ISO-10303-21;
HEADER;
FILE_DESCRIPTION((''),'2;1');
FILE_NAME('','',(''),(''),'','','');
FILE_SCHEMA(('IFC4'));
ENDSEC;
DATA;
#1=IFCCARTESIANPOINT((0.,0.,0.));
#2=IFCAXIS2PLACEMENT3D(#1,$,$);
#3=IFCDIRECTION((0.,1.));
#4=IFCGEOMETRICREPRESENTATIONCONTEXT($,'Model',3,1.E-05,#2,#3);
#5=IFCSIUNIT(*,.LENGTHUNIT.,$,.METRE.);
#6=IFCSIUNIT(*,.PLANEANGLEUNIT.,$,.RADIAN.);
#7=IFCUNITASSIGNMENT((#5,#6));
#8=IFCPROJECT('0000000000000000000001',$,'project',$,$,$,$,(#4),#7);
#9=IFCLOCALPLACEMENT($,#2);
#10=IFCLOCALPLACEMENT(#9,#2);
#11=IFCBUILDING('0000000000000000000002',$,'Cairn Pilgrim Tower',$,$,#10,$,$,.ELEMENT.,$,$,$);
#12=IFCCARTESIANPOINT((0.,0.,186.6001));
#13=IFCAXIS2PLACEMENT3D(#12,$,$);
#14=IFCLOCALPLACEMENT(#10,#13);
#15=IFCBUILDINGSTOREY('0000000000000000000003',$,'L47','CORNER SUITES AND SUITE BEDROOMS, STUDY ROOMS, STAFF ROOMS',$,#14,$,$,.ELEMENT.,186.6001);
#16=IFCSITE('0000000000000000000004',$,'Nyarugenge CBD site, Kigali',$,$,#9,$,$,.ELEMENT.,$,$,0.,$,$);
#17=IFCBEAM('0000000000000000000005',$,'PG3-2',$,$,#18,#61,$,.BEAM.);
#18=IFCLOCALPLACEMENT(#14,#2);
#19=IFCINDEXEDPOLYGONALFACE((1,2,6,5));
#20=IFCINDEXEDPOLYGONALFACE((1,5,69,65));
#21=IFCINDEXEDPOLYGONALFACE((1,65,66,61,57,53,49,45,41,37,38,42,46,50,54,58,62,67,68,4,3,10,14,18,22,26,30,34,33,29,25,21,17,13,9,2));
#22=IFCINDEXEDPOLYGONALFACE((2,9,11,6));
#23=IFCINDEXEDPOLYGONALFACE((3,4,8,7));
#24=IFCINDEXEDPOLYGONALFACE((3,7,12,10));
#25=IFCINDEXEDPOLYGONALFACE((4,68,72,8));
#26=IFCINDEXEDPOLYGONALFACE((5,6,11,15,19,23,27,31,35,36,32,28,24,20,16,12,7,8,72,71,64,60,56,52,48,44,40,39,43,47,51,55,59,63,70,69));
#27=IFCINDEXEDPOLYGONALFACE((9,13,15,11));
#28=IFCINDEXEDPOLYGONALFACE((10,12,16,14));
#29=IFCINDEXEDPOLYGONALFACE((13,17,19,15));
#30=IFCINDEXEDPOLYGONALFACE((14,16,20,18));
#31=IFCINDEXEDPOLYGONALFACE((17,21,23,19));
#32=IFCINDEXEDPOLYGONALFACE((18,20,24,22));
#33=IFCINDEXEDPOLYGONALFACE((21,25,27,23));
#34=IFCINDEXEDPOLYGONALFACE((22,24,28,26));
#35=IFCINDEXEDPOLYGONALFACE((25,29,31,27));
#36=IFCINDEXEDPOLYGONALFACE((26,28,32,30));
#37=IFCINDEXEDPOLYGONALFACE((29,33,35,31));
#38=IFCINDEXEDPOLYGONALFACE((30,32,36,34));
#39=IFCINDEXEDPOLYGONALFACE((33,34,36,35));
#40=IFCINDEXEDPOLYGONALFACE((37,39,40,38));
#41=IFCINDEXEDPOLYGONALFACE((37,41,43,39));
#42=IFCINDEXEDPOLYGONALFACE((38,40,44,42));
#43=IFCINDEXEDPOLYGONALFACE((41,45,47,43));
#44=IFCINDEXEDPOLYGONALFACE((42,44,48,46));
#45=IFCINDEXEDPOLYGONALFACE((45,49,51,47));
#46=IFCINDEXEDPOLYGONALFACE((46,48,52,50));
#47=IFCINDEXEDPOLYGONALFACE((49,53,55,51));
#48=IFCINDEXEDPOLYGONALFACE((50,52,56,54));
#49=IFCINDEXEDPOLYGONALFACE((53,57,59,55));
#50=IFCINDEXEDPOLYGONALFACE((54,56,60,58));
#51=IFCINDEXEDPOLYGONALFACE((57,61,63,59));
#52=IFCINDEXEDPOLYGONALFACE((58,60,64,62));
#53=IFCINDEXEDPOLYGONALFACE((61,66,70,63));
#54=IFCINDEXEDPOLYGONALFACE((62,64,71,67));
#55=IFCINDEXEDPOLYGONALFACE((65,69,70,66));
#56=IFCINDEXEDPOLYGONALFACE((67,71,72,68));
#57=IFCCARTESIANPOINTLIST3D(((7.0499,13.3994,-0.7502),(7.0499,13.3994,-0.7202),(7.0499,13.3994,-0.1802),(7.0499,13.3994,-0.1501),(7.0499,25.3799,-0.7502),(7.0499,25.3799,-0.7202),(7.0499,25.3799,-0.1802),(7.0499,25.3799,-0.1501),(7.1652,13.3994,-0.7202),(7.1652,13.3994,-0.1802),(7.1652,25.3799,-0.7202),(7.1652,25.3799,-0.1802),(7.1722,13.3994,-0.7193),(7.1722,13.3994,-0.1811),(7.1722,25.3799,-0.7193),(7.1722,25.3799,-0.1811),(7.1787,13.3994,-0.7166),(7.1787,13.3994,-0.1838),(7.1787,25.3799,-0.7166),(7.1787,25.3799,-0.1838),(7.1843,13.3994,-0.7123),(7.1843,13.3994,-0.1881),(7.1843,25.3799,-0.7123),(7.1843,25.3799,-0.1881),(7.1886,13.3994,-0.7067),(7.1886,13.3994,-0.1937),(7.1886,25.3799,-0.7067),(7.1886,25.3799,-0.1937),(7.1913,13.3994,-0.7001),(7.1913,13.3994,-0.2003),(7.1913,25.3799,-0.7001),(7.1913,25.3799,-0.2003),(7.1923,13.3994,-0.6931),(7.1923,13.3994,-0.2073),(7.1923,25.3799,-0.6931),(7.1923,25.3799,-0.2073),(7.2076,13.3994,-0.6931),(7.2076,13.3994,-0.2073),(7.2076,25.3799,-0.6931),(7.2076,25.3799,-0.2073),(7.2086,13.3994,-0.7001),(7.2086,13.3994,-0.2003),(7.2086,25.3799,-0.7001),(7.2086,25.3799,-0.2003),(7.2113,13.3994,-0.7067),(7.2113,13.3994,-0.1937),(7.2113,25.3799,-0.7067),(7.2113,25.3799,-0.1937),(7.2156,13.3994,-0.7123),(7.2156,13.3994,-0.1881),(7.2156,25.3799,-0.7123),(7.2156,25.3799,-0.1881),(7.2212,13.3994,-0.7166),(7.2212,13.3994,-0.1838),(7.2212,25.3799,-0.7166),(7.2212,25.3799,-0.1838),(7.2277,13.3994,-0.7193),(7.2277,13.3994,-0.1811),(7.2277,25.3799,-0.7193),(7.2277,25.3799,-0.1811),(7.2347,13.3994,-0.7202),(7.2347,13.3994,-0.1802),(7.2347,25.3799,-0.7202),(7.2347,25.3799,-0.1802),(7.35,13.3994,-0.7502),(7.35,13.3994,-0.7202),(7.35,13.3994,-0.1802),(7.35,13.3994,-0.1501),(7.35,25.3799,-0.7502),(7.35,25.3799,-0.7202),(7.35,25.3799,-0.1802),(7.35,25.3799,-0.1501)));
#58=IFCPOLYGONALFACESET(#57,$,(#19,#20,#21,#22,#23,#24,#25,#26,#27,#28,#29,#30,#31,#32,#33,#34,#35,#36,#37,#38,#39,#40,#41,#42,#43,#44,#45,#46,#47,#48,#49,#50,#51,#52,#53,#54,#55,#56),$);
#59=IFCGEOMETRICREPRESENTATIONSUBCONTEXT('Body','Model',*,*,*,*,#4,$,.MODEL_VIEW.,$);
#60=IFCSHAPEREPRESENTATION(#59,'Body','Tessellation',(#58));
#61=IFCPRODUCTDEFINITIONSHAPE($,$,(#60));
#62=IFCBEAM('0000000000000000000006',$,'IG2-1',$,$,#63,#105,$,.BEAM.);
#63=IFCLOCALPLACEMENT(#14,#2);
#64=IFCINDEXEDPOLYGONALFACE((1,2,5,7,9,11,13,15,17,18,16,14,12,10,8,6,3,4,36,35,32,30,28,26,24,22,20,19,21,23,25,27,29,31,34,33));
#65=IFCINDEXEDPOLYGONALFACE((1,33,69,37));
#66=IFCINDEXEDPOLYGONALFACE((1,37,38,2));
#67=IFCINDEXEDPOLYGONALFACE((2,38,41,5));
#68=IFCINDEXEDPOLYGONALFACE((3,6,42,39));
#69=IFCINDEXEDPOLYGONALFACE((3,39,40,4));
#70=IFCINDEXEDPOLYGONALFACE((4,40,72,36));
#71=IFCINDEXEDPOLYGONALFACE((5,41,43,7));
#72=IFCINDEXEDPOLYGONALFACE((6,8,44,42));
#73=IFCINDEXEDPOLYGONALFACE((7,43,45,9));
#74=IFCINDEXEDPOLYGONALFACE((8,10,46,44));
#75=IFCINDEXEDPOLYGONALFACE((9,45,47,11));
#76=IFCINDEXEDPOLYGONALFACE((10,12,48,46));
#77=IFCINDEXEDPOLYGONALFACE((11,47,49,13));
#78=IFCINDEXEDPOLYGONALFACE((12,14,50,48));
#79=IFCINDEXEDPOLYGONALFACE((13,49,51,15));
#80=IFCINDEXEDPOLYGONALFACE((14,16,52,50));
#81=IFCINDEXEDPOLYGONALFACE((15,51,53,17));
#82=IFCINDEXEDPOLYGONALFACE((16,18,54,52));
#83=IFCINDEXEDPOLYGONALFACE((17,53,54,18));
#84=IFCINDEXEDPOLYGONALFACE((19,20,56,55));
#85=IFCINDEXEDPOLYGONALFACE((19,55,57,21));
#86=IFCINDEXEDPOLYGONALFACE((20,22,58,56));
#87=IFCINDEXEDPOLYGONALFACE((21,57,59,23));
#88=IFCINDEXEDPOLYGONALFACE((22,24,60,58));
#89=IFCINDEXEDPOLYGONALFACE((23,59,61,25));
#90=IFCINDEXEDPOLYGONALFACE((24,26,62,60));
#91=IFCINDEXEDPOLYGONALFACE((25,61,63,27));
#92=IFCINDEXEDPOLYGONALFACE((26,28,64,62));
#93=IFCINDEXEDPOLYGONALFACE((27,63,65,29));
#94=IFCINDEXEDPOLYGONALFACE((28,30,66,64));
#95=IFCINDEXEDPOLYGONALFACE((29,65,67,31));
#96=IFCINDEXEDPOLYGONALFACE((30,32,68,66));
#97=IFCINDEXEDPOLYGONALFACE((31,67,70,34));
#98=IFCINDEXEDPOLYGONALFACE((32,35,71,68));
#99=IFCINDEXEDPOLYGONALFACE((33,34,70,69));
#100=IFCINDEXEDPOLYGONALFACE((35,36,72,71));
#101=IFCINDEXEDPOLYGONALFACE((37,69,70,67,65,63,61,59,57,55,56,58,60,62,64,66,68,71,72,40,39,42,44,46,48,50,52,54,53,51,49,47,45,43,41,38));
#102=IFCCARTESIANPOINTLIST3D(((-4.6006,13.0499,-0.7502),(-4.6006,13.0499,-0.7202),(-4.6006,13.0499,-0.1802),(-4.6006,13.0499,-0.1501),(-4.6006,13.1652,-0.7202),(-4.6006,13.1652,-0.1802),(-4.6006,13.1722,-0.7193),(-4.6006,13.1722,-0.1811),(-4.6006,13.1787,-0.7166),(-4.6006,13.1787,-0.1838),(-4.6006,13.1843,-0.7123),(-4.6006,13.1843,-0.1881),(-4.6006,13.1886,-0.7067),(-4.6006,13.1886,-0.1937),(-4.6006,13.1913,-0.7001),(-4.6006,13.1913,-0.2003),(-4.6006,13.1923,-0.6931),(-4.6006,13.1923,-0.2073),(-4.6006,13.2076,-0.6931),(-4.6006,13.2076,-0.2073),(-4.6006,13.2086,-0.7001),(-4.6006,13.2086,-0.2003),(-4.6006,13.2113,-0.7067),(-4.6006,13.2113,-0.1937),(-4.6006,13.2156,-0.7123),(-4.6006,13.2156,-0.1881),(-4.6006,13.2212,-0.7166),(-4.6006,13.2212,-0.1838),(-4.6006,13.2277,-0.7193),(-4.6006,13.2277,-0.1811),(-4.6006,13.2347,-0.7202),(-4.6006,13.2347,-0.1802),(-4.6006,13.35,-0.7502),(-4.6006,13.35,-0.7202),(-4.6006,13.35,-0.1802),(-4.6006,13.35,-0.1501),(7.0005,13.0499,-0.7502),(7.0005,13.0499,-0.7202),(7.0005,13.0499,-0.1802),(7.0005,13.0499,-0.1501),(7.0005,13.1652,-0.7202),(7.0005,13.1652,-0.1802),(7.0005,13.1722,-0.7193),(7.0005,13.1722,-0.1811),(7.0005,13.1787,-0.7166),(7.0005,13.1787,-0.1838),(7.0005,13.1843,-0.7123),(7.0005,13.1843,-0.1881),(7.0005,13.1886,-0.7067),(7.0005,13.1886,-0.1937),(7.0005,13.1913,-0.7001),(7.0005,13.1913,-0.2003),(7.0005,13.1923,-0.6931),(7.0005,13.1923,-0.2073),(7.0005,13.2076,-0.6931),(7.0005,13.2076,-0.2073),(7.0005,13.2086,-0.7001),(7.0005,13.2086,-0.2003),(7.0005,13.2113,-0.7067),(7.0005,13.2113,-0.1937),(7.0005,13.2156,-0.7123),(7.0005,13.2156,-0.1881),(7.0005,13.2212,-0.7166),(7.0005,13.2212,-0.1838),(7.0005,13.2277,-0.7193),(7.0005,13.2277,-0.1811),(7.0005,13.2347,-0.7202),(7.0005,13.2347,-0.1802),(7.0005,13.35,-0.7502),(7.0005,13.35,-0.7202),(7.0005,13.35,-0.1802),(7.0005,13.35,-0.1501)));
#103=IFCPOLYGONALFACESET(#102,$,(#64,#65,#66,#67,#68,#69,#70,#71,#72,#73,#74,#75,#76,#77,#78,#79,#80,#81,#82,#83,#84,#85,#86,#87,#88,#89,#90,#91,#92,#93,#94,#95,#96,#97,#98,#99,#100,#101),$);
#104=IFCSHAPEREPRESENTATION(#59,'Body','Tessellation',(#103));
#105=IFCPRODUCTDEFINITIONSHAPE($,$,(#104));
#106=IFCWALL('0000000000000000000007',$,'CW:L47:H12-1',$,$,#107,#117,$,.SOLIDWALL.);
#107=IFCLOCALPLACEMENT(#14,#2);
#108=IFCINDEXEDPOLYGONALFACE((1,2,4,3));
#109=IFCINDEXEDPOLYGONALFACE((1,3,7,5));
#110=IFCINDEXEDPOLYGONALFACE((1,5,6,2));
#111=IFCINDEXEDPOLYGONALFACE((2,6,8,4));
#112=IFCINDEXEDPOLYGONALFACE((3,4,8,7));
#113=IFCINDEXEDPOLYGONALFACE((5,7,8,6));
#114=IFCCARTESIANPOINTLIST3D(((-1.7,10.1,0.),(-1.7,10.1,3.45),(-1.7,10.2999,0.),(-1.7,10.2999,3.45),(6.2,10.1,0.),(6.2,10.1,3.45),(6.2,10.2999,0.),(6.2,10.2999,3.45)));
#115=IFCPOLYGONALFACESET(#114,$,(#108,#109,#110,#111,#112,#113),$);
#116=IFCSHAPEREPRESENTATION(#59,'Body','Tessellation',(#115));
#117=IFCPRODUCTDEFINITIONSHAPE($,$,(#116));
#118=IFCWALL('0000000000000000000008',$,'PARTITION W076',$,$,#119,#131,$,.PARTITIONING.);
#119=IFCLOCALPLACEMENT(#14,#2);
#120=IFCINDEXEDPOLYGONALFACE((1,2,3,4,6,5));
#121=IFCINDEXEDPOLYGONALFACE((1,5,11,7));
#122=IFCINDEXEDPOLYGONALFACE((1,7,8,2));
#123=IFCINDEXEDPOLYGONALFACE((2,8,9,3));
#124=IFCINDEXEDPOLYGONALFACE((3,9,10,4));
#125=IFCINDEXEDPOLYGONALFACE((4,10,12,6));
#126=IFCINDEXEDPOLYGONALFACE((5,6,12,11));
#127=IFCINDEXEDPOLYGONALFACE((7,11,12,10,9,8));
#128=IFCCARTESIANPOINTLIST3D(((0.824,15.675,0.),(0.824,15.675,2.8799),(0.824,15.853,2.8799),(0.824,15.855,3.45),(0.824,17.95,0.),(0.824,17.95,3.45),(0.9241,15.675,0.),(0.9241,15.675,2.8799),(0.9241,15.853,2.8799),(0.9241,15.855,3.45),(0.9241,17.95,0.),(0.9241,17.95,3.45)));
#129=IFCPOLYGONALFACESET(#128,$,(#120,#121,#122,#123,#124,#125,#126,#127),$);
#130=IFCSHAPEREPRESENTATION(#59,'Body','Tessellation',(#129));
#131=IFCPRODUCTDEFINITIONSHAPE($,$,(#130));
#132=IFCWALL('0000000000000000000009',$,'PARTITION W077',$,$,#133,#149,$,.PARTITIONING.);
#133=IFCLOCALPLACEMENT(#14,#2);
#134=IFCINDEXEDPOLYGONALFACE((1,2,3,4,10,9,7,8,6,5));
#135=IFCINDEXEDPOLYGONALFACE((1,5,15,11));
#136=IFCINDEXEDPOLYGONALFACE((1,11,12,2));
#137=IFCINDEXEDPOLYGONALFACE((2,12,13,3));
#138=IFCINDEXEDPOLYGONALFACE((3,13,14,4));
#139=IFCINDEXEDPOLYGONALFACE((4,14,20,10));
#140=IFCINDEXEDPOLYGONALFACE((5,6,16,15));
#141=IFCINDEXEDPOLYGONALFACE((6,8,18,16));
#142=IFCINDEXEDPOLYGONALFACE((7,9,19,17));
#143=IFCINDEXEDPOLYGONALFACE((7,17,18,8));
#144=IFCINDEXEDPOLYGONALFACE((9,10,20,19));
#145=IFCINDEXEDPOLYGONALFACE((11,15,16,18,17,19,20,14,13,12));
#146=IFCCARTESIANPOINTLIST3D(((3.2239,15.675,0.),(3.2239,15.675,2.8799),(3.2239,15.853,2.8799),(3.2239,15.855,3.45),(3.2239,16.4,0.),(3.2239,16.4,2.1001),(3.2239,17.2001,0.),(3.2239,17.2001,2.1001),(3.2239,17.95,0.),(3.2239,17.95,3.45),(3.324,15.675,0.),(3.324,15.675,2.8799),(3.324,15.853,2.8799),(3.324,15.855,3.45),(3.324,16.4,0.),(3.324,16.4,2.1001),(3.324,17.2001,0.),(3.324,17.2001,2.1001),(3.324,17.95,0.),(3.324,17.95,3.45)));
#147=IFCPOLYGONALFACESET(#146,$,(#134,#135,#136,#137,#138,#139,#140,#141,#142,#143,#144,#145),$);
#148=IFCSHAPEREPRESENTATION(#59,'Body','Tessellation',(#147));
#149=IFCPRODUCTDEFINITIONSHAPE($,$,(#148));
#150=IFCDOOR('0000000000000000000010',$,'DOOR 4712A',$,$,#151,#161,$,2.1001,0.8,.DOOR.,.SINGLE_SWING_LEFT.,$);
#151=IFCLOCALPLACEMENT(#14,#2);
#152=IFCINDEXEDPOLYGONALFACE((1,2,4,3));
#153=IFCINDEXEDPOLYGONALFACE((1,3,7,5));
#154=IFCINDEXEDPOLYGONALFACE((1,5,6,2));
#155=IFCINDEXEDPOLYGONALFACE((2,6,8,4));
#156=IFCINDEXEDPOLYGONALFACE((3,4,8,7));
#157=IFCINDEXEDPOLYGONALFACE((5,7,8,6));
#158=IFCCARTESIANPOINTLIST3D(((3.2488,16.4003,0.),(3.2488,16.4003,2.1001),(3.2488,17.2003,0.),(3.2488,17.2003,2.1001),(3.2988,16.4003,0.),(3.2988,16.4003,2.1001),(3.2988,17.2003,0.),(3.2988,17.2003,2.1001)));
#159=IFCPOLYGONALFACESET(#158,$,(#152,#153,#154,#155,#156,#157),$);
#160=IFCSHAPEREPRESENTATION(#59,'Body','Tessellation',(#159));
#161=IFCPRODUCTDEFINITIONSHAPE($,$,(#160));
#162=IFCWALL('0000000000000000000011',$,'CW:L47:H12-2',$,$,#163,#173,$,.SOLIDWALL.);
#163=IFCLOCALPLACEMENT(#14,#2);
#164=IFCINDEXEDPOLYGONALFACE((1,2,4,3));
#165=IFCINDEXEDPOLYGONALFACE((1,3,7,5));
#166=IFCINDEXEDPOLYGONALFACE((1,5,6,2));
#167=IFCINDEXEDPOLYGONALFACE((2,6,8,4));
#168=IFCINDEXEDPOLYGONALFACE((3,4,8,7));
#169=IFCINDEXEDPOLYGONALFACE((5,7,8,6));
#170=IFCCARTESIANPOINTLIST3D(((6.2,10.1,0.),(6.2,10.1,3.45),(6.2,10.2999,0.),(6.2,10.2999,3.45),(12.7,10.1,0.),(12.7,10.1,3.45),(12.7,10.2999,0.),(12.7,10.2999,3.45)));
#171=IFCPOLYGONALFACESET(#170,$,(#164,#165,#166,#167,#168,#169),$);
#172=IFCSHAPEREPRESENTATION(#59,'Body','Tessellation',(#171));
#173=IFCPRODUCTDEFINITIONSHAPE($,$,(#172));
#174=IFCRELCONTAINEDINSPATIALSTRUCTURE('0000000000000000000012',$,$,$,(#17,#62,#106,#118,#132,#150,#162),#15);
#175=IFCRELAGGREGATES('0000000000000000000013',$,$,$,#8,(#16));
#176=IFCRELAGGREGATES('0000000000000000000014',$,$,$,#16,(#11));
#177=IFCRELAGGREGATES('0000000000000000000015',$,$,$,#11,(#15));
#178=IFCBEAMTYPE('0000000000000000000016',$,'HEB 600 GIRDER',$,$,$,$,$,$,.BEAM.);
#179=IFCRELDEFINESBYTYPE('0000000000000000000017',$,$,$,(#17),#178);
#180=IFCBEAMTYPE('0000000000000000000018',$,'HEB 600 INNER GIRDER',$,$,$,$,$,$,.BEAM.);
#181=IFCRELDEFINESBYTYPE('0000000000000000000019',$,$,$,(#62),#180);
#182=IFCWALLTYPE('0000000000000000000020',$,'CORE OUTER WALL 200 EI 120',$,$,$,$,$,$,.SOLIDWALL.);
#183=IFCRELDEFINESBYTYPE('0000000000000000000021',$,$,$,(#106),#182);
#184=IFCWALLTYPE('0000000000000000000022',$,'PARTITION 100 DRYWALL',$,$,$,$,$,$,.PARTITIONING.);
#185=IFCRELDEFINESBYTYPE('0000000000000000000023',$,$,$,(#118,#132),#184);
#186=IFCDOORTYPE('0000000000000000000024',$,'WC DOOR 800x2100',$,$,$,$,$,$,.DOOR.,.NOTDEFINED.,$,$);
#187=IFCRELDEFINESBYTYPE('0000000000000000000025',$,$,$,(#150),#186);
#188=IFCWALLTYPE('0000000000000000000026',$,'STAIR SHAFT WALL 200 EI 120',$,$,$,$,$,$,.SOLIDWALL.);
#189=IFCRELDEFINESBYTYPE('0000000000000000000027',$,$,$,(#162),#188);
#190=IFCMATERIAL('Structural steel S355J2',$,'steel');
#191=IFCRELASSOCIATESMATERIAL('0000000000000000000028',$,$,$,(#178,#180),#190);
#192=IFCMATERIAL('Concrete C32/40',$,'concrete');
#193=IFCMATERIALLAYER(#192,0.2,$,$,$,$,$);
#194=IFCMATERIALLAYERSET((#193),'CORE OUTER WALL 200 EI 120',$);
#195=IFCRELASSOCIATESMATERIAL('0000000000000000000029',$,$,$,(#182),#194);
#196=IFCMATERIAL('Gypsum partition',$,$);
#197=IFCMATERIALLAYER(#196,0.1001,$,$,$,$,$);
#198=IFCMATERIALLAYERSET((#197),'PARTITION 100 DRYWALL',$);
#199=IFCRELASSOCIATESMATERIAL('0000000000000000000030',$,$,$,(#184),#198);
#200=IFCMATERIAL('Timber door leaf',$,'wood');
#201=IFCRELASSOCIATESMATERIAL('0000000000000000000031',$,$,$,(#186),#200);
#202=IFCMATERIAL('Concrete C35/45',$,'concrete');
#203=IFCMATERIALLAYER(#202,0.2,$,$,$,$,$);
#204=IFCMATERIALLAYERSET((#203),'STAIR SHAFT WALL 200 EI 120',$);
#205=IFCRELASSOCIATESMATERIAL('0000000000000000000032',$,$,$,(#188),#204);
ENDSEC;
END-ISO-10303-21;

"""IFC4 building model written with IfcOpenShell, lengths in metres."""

from ifc_helpers import new_model, si_unit, direction, frame, frame_2d, origin, origin_2d, place, context, subcontext, project, spatial, polyline, rectangle, i_section, outline, extrude, material, layer, layer_set, material_profile, profile_set, type_object, element, fill, save


model = new_model("IFC4")

# Units and contexts
model_context = context("Model", 3, precision=1e-05, world=origin(), true_north=direction((0.0, 1.0)))
body_context = subcontext(model_context, "Body", "Model", "MODEL_VIEW")
ifc_project = project(units=[si_unit("LENGTHUNIT", "METRE"), si_unit("PLANEANGLEUNIT", "RADIAN")], contexts=[model_context])

# Site, building, storey
site_placement = place(None, origin())
site = spatial("IfcSite", under=ifc_project, at=site_placement, Name="Nyarugenge CBD site, Kigali", CompositionType="ELEMENT", RefElevation=0.0)
building_placement = place(site_placement, origin())
building = spatial("IfcBuilding", under=site, at=building_placement, Name="Cairn Pilgrim Tower", CompositionType="ELEMENT")
storey_placement = place(building_placement, frame((0.0, 0.0, 186.6001)))
storey = spatial("IfcBuildingStorey", under=building, at=storey_placement, Name="L47", Description="CORNER SUITES AND SUITE BEDROOMS, STUDY ROOMS, STAFF ROOMS", CompositionType="ELEMENT", Elevation=186.6001)

# Shared definitions
ifc_material_1 = material(Name="Structural steel S355J2", Category="steel")

# Beams
ifc_material_profile_1 = material_profile(ifc_material_1, i_section(OverallWidth=0.3, OverallDepth=0.6001, WebThickness=0.0154, FlangeThickness=0.03, FilletRadius=0.0271, at=origin_2d()), Name="HEB 600")
ifc_profile_set_1 = profile_set([ifc_material_profile_1], Name="Structural steel S355J2")
beam_type_1 = type_object("IfcBeamType", Name="HEB 600 GIRDER", PredefinedType="BEAM", material=ifc_profile_set_1)
beam_1_placement = place(storey_placement, frame((7.2, 13.3994, -0.4502), z_axis=(0.0, 1.0, 0.0), x_axis=(-1.0, 0.0, 0.0)))
element("IfcBeam", 1, at=beam_1_placement, inside=storey, type_object=beam_type_1, Name="PG3-2", PredefinedType="BEAM", context=body_context, shape_type="SweptSolid", body=[
    extrude(i_section(OverallWidth=0.3, OverallDepth=0.6001, WebThickness=0.0154, FlangeThickness=0.03, FilletRadius=0.0271, at=origin_2d()), origin(), (0.0, 0.0, 1.0), 11.9805),
])
ifc_material_profile_2 = material_profile(ifc_material_1, i_section(OverallWidth=0.3, OverallDepth=0.6001, WebThickness=0.0154, FlangeThickness=0.03, FilletRadius=0.0271, at=origin_2d()), Name="HEB 600")
ifc_profile_set_2 = profile_set([ifc_material_profile_2], Name="Structural steel S355J2")
beam_type_2 = type_object("IfcBeamType", Name="HEB 600 INNER GIRDER", PredefinedType="BEAM", material=ifc_profile_set_2)
beam_2_placement = place(storey_placement, frame((-4.6006, 13.2, -0.4502), z_axis=(1.0, 0.0, 0.0), x_axis=(0.0, 1.0, 0.0)))
element("IfcBeam", 2, at=beam_2_placement, inside=storey, type_object=beam_type_2, Name="IG2-1", PredefinedType="BEAM", context=body_context, shape_type="SweptSolid", body=[
    extrude(i_section(OverallWidth=0.3, OverallDepth=0.6001, WebThickness=0.0154, FlangeThickness=0.03, FilletRadius=0.0271, at=origin_2d()), origin(), (0.0, 0.0, 1.0), 11.6011),
])

# Walls
ifc_material_2 = material(Name="Concrete C32/40", Category="concrete")
ifc_layer_1 = layer(ifc_material_2, 0.2)
ifc_layer_set_1 = layer_set([ifc_layer_1], Name="CORE OUTER WALL 200 EI 120")
wall_type_1 = type_object("IfcWallType", Name="CORE OUTER WALL 200 EI 120", PredefinedType="SOLIDWALL", material=ifc_layer_set_1)
wall_1_placement = place(storey_placement, frame((-1.7, 10.2, 0.0), z_axis=(0.0, 0.0, 1.0), x_axis=(1.0, 0.0, 0.0)))
element("IfcWall", 3, at=wall_1_placement, inside=storey, type_object=wall_type_1, Name="CW:L47:H12-1", PredefinedType="SOLIDWALL", context=body_context, shape_type="SweptSolid", body=[
    extrude(rectangle(XDim=7.8999, YDim=0.2, at=frame_2d((3.95, 0.0))), origin(), (0.0, 0.0, 1.0), 3.45),
])
ifc_material_3 = material(Name="Gypsum partition")
ifc_layer_2 = layer(ifc_material_3, 0.1001)
ifc_layer_set_2 = layer_set([ifc_layer_2], Name="PARTITION 100 DRYWALL")
wall_type_2 = type_object("IfcWallType", Name="PARTITION 100 DRYWALL", PredefinedType="PARTITIONING", material=ifc_layer_set_2)
wall_2_placement = place(storey_placement, frame((0.874, 15.675, 0.0), z_axis=(0.0, 0.0, 1.0), x_axis=(0.0, 1.0, 0.0)))
element("IfcWall", 4, at=wall_2_placement, inside=storey, type_object=wall_type_2, Name="PARTITION W076", PredefinedType="PARTITIONING", context=body_context, shape_type="SweptSolid", body=[
    extrude(outline(polyline([(0.0, 0.0), (2.2749, 0.0), (2.2749, 3.45), (0.1799, 3.45), (0.178, 2.8799), (0.0, 2.8799), (0.0, 0.0)])), frame((0.0, 0.05, 0.0), z_axis=(0.0, -1.0, 0.0), x_axis=(1.0, 0.0, 0.0)), (0.0, 0.0, 1.0), 0.1001),
])

# Wall, opening, door
wall_3_placement = place(storey_placement, frame((3.2739, 15.675, 0.0), z_axis=(0.0, 0.0, 1.0), x_axis=(0.0, 1.0, 0.0)))
wall_3 = element("IfcWall", 5, at=wall_3_placement, inside=storey, type_object=wall_type_2, Name="PARTITION W077", PredefinedType="PARTITIONING", context=body_context, shape_type="SweptSolid", body=[
    extrude(outline(polyline([(0.0, 0.0), (2.2749, 0.0), (2.2749, 3.45), (0.1799, 3.45), (0.178, 2.8799), (0.0, 2.8799), (0.0, 0.0)])), frame((0.0, 0.05, 0.0), z_axis=(0.0, -1.0, 0.0), x_axis=(1.0, 0.0, 0.0)), (0.0, 0.0, 1.0), 0.1001),
])
opening_placement = place(wall_3_placement, frame((0.7251, 0.0, 0.0)))
opening = element("IfcOpeningElement", 6, at=opening_placement, cuts=wall_3, PredefinedType="OPENING", context=body_context, shape_type="SweptSolid", body=[
    extrude(rectangle(XDim=0.8, YDim=2.1001, at=frame_2d((0.3999, 1.05))), frame((0.0, 0.0601, 0.0), z_axis=(0.0, -1.0, 0.0), x_axis=(1.0, 0.0, 0.0)), (0.0, 0.0, 1.0), 0.1201),
])
ifc_material_4 = material(Name="Timber door leaf", Category="wood")
door_type = type_object("IfcDoorType", Name="WC DOOR 800x2100", OperationType="NOTDEFINED", PredefinedType="DOOR", material=ifc_material_4)
door_placement = place(opening_placement, frame((0.8, 0.0, 0.0), z_axis=(0.0, 0.0, 1.0), x_axis=(-1.0, 0.0, 0.0)))
door = element("IfcDoor", 7, at=door_placement, inside=storey, type_object=door_type, Name="DOOR 4712A", OperationType="SINGLE_SWING_LEFT", OverallHeight=2.1001, OverallWidth=0.8, PredefinedType="DOOR", context=body_context, shape_type="SweptSolid", body=[
    extrude(rectangle(XDim=0.8, YDim=2.1001, at=frame_2d((0.3999, 1.05))), frame((0.0, 0.0249, 0.0), z_axis=(0.0, -1.0, 0.0), x_axis=(1.0, 0.0, 0.0)), (0.0, 0.0, 1.0), 0.05),
])
fill(opening, door)

# Wall
ifc_material_5 = material(Name="Concrete C35/45", Category="concrete")
ifc_layer_3 = layer(ifc_material_5, 0.2)
ifc_layer_set_3 = layer_set([ifc_layer_3], Name="STAIR SHAFT WALL 200 EI 120")
wall_type_3 = type_object("IfcWallType", Name="STAIR SHAFT WALL 200 EI 120", PredefinedType="SOLIDWALL", material=ifc_layer_set_3)
wall_4_placement = place(storey_placement, frame((6.2, 10.2, 0.0), z_axis=(0.0, 0.0, 1.0), x_axis=(1.0, 0.0, 0.0)))
element("IfcWall", 8, at=wall_4_placement, inside=storey, type_object=wall_type_3, Name="CW:L47:H12-2", PredefinedType="SOLIDWALL", context=body_context, shape_type="SweptSolid", body=[
    extrude(rectangle(XDim=6.5, YDim=0.2, at=frame_2d((3.25, 0.0))), origin(), (0.0, 0.0, 1.0), 3.45),
])

save(model, "model.ifc")
